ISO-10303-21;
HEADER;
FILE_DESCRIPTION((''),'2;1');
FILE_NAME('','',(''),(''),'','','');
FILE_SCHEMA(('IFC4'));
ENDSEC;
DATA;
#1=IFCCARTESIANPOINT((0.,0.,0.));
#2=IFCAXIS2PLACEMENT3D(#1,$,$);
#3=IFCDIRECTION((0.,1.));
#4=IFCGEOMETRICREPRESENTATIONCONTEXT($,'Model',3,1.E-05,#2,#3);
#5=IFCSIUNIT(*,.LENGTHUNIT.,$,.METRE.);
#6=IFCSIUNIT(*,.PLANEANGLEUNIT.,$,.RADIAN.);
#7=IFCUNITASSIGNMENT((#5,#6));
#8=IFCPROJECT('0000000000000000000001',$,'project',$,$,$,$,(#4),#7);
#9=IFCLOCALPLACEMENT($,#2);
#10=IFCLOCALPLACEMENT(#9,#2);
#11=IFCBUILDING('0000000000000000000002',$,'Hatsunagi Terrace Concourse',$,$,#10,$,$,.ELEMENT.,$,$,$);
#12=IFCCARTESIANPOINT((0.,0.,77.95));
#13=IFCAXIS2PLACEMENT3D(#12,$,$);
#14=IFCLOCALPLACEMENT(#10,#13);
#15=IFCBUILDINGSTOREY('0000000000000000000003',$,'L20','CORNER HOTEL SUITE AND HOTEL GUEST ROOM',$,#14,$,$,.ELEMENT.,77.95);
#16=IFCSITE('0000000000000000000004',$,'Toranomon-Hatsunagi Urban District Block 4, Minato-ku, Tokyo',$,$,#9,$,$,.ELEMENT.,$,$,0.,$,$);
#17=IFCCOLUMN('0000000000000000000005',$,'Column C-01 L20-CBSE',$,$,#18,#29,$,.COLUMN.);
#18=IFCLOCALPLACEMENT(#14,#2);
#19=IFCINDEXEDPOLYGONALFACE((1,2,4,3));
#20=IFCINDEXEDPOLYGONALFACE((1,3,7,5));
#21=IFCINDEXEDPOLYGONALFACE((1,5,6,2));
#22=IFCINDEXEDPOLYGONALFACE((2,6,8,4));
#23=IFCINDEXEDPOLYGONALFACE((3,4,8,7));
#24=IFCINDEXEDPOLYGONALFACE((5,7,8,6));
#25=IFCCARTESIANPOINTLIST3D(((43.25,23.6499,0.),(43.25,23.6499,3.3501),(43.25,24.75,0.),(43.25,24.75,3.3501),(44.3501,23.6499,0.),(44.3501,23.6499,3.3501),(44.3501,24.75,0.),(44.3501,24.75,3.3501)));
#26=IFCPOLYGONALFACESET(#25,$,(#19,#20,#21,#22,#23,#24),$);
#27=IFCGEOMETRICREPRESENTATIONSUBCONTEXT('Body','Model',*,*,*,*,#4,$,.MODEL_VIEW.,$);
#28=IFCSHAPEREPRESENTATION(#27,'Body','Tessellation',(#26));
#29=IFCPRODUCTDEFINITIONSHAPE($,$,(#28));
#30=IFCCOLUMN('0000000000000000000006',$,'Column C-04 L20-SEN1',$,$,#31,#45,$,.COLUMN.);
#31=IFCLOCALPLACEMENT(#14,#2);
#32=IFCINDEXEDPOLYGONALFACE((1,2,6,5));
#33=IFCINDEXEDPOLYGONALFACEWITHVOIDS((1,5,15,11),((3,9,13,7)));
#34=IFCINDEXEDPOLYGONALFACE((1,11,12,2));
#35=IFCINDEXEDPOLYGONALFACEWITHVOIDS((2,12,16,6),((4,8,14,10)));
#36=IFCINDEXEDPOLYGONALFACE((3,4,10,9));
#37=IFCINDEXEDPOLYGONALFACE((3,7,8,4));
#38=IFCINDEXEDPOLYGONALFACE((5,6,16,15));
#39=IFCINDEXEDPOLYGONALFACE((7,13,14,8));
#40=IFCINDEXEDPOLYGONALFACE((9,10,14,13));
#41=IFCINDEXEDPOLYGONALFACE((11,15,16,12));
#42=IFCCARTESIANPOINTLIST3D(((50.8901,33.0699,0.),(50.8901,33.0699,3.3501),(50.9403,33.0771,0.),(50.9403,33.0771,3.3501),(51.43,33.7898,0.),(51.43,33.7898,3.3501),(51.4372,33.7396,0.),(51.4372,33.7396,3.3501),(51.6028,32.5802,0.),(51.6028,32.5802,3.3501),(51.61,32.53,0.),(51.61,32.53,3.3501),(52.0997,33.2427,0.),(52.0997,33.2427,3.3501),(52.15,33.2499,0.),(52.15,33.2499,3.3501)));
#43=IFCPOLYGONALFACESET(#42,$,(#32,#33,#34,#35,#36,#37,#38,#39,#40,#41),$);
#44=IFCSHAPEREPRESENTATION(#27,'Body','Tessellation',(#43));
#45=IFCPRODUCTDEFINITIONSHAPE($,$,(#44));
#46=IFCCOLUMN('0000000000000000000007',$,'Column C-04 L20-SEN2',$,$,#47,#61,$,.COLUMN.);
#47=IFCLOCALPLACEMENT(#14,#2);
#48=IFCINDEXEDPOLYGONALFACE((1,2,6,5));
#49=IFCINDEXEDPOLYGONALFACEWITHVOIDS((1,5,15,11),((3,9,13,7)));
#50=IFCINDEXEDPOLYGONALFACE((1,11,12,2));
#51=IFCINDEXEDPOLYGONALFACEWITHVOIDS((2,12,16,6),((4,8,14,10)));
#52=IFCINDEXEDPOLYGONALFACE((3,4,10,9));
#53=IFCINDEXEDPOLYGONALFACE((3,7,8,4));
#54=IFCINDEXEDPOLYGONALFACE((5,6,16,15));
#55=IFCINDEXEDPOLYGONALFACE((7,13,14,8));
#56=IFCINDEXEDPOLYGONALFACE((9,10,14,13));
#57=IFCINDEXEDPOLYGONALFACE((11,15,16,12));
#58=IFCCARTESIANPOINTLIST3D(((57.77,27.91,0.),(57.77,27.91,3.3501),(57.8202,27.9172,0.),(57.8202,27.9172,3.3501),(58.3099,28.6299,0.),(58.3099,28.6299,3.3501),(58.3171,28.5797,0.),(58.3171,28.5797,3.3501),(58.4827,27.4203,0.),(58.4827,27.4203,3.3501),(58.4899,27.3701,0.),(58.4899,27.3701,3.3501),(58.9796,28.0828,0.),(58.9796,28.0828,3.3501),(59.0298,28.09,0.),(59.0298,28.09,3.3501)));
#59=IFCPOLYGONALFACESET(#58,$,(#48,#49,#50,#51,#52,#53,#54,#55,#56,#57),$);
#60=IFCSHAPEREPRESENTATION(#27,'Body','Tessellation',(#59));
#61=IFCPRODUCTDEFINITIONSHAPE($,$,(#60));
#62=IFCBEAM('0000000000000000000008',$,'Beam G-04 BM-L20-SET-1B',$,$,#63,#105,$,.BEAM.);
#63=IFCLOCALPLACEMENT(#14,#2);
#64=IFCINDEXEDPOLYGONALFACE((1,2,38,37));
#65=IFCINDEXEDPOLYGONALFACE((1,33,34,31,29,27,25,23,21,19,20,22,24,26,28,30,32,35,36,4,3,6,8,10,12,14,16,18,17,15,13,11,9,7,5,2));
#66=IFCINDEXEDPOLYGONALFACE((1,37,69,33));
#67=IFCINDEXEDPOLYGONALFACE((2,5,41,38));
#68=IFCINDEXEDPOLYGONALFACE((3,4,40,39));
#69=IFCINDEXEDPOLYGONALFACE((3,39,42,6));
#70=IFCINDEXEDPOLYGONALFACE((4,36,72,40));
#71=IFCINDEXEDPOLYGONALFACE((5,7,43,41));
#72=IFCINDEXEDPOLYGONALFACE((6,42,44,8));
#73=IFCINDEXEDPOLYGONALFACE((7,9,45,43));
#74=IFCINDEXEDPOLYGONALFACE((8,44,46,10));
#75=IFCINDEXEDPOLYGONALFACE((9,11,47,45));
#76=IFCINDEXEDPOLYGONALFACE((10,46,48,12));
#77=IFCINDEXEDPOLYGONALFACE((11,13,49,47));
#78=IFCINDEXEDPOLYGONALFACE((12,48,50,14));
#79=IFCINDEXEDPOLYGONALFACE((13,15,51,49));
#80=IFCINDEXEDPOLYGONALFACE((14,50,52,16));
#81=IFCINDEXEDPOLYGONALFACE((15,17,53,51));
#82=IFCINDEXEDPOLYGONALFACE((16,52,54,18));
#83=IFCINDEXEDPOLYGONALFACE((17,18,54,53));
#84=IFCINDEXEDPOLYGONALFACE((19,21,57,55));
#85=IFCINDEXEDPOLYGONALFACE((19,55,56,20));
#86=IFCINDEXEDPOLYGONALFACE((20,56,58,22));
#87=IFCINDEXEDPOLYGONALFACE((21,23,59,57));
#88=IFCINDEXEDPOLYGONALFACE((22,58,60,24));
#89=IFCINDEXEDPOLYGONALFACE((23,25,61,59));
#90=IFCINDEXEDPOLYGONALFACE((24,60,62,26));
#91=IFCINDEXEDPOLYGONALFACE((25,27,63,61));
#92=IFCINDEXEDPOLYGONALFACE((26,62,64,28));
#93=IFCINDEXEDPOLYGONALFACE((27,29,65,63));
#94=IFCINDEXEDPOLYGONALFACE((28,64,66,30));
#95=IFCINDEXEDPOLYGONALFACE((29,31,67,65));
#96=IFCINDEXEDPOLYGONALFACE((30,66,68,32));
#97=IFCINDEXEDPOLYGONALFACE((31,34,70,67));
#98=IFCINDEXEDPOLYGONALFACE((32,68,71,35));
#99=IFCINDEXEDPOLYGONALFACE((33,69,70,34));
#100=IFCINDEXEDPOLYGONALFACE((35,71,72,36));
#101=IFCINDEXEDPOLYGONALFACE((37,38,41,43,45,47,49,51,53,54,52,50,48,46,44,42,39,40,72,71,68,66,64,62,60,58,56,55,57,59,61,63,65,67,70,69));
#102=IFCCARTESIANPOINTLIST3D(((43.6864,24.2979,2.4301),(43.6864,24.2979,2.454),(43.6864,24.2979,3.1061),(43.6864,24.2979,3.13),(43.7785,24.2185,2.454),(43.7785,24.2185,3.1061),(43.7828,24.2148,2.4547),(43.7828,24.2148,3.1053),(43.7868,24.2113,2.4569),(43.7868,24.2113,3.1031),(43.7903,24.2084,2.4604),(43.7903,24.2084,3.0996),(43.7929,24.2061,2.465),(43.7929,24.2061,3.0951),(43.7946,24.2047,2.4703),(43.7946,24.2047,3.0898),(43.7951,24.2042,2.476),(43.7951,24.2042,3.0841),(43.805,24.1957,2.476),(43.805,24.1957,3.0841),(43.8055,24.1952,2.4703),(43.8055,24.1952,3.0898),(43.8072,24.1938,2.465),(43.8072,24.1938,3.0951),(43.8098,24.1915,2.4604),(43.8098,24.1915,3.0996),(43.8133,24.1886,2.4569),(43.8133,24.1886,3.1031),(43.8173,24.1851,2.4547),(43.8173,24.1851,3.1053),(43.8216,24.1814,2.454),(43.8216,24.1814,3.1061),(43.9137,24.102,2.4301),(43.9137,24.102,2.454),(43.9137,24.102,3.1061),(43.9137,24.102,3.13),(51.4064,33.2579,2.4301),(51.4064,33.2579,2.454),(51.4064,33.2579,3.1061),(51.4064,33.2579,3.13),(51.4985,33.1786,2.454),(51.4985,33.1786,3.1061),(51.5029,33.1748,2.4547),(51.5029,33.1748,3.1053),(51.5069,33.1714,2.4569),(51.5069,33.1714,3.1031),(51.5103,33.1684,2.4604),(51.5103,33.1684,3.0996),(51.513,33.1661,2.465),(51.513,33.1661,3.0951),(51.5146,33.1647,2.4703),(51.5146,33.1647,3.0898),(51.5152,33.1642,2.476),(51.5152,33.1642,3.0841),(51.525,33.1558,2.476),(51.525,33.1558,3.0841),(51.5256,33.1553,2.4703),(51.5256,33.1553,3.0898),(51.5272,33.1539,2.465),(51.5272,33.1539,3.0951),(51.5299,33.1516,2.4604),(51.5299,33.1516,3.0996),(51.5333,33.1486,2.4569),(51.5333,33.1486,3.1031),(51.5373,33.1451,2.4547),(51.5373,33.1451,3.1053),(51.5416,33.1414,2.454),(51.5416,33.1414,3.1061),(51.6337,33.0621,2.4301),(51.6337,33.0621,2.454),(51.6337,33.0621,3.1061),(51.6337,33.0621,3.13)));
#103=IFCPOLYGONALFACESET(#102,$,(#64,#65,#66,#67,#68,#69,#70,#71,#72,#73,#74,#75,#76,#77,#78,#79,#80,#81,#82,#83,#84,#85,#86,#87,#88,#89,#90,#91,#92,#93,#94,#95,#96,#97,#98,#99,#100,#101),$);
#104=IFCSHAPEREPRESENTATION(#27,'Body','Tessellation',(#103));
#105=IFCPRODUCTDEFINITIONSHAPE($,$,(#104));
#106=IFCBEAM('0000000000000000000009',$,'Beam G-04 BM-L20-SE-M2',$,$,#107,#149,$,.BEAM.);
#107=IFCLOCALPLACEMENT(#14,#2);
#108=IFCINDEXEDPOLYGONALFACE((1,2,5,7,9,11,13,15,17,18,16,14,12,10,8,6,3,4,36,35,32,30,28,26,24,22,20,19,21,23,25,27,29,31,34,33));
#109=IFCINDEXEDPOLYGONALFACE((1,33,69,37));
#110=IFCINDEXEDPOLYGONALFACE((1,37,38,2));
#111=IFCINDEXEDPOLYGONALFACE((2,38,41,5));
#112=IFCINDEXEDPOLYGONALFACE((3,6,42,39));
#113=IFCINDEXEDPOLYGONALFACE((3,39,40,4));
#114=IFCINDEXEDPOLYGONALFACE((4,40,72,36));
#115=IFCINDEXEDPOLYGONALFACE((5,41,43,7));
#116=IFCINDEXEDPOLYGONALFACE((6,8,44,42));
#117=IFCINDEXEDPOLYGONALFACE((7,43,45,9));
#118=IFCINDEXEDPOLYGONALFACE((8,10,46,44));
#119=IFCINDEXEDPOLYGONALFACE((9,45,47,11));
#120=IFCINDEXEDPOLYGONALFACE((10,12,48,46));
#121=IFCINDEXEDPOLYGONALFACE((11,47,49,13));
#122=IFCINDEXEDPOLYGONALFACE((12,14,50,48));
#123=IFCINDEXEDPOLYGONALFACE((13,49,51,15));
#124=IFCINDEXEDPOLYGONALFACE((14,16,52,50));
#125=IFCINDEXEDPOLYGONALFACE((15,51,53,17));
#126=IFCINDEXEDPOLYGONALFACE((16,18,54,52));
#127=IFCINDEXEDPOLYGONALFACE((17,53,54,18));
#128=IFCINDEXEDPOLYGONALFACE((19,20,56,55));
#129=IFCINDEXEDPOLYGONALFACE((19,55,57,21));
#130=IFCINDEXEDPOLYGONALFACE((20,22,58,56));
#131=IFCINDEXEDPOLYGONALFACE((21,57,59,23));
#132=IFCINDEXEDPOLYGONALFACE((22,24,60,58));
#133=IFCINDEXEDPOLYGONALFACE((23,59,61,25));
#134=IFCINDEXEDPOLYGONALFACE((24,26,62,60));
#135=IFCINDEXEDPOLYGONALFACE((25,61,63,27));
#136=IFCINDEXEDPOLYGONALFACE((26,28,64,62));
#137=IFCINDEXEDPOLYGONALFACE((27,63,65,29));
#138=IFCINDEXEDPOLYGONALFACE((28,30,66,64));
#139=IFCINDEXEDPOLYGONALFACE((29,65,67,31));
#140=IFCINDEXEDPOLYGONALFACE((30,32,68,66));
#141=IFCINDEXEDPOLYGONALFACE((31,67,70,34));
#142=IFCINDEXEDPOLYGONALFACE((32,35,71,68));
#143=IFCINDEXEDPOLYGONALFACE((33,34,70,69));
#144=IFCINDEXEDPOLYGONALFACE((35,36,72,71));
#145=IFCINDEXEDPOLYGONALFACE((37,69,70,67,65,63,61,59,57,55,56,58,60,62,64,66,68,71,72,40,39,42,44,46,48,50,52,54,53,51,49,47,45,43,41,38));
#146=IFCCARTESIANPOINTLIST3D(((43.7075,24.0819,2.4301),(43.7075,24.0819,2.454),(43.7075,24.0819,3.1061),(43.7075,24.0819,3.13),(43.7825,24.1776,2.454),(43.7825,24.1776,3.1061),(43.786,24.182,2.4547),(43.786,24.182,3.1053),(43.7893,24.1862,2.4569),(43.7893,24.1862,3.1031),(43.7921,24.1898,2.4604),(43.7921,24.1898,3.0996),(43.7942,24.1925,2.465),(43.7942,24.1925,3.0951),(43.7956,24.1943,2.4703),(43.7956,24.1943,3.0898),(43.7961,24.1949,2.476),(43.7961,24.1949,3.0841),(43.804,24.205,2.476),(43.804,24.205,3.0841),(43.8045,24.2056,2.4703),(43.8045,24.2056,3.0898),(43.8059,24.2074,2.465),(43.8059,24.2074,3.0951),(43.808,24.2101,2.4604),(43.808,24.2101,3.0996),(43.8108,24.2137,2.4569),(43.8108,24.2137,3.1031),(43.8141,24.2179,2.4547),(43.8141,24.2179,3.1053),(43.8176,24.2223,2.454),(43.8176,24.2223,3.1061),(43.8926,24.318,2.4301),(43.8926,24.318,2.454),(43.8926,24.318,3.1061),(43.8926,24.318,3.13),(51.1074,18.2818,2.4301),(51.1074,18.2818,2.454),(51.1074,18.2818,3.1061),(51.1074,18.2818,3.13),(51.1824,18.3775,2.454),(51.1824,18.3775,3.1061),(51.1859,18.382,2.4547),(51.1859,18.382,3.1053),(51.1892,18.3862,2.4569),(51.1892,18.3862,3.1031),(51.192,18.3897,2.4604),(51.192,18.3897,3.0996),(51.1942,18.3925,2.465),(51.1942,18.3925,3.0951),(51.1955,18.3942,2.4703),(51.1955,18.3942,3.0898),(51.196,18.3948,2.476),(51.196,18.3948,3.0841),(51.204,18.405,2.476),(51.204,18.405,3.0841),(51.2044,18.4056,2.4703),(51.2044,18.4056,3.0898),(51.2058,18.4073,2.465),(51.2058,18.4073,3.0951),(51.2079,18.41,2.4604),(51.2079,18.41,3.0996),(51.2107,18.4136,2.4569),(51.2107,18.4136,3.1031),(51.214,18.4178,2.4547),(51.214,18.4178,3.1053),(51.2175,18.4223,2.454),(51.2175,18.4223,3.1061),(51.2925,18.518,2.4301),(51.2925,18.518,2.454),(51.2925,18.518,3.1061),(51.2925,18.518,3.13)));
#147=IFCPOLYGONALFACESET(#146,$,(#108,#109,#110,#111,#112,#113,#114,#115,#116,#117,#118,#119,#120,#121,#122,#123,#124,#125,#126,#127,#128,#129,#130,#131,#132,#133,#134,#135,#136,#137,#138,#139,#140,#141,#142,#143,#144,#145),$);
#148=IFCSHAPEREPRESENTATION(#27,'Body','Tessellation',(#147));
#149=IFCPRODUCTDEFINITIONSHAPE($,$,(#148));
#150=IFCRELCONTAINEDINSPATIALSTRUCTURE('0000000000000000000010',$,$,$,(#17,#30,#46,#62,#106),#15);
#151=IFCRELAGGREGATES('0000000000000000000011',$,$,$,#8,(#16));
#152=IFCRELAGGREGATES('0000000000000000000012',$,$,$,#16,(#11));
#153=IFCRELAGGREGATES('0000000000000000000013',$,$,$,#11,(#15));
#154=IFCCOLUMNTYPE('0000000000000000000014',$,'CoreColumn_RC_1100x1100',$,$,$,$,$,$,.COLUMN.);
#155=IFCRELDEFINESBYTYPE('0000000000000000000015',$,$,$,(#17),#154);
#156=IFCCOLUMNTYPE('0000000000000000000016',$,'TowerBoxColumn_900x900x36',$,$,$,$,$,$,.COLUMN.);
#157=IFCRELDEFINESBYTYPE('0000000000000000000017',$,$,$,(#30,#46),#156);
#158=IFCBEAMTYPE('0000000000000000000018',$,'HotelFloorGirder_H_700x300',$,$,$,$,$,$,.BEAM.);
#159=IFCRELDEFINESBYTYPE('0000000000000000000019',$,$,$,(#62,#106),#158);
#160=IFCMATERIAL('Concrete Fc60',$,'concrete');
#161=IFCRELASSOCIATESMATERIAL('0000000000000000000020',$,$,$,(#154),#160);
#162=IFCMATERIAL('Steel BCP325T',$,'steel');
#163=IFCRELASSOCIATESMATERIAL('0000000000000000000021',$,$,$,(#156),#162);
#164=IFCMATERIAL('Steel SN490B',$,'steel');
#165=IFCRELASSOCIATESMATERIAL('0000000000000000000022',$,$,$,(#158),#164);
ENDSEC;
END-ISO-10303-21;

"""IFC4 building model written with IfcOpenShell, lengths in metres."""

from ifc_helpers import new_model, si_unit, direction, frame, origin, origin_2d, place, context, subcontext, project, spatial, rectangle, hollow_rectangle, i_section, extrude, material, material_profile, profile_set, type_object, element, save


model = new_model("IFC4")

# Units and contexts
model_context = context("Model", 3, precision=1e-05, world=origin(), true_north=direction((0.0, 1.0)))
body_context = subcontext(model_context, "Body", "Model", "MODEL_VIEW")
ifc_project = project(units=[si_unit("LENGTHUNIT", "METRE"), si_unit("PLANEANGLEUNIT", "RADIAN")], contexts=[model_context])

# Site, building, storey
site_placement = place(None, origin())
site = spatial("IfcSite", under=ifc_project, at=site_placement, Name="Toranomon-Hatsunagi Urban District Block 4, Minato-ku, Tokyo", CompositionType="ELEMENT", RefElevation=0.0)
building_placement = place(site_placement, origin())
building = spatial("IfcBuilding", under=site, at=building_placement, Name="Hatsunagi Terrace Concourse", CompositionType="ELEMENT")
storey_placement = place(building_placement, frame((0.0, 0.0, 77.95)))
storey = spatial("IfcBuildingStorey", under=building, at=storey_placement, Name="L20", Description="CORNER HOTEL SUITE AND HOTEL GUEST ROOM", CompositionType="ELEMENT", Elevation=77.95)

# Columns
ifc_material_1 = material(Name="Concrete Fc60", Category="concrete")
ifc_material_profile_1 = material_profile(ifc_material_1, rectangle(XDim=1.1001, YDim=1.1001, at=origin_2d()), Name="RC-1100x1100")
ifc_profile_set_1 = profile_set([ifc_material_profile_1], Name="Concrete Fc60")
column_type_1 = type_object("IfcColumnType", Name="CoreColumn_RC_1100x1100", PredefinedType="COLUMN", material=ifc_profile_set_1)
column_placement = place(storey_placement, frame((43.8, 24.2, 0.0), z_axis=(0.0, 0.0, 1.0), x_axis=(1.0, 0.0, 0.0)))
element("IfcColumn", 1, at=column_placement, inside=storey, type_object=column_type_1, Name="Column C-01 L20-CBSE", PredefinedType="COLUMN", context=body_context, shape_type="SweptSolid", body=[
    extrude(rectangle(XDim=1.1001, YDim=1.1001, at=origin_2d()), origin(), (0.0, 0.0, 1.0), 3.3501),
])
ifc_material_2 = material(Name="Steel BCP325T", Category="steel")
ifc_material_profile_2 = material_profile(ifc_material_2, hollow_rectangle(XDim=0.8999, YDim=0.8999, WallThickness=0.0359, at=origin_2d()), Name="BCP-900x900x36")
ifc_profile_set_2 = profile_set([ifc_material_profile_2], Name="Steel BCP325T")
column_type_2 = type_object("IfcColumnType", Name="TowerBoxColumn_900x900x36", PredefinedType="COLUMN", material=ifc_profile_set_2)
for number, where, z_axis, x_axis, name in (
    (2, (51.52, 33.1599, 0.0), (0.0, 0.0, 1.0), (0.8, -0.6, 0.0), "Column C-04 L20-SEN1"),
    (3, (58.3999, 28.0, 0.0), (0.0, 0.0, 1.0), (0.8, -0.6, 0.0), "Column C-04 L20-SEN2"),
):
    element("IfcColumn", number, at=place(storey_placement, frame(where, z_axis=z_axis, x_axis=x_axis)), inside=storey, type_object=column_type_2, Name=name, PredefinedType="COLUMN", context=body_context, shape_type="SweptSolid", body=[
        extrude(hollow_rectangle(XDim=0.8999, YDim=0.8999, WallThickness=0.0359, at=origin_2d()), origin(), (0.0, 0.0, 1.0), 3.3501),
    ])

# Beams
ifc_material_3 = material(Name="Steel SN490B", Category="steel")
ifc_material_profile_3 = material_profile(ifc_material_3, i_section(OverallWidth=0.3, OverallDepth=0.7, WebThickness=0.0129, FlangeThickness=0.0239, FilletRadius=0.022, at=origin_2d()), Name="H-700x300x13x24")
ifc_profile_set_3 = profile_set([ifc_material_profile_3], Name="Steel SN490B")
beam_type_1 = type_object("IfcBeamType", Name="HotelFloorGirder_H_700x300", PredefinedType="BEAM", material=ifc_profile_set_3)
beam_1_placement = place(storey_placement, frame((43.8, 24.2, 2.78), z_axis=(0.652739, 0.757583, 0.0), x_axis=(-0.757583, 0.652739, 0.0)))
element("IfcBeam", 4, at=beam_1_placement, inside=storey, type_object=beam_type_1, Name="Beam G-04 BM-L20-SET-1B", PredefinedType="BEAM", context=body_context, shape_type="SweptSolid", body=[
    extrude(i_section(OverallWidth=0.3, OverallDepth=0.7, WebThickness=0.0129, FlangeThickness=0.0239, FilletRadius=0.022, at=origin_2d()), origin(), (0.0, 0.0, 1.0), 11.8271),
])
beam_2_placement = place(storey_placement, frame((43.8, 24.2, 2.78), z_axis=(0.787049, -0.61689, 0.0), x_axis=(0.61689, 0.787049, 0.0)))
element("IfcBeam", 5, at=beam_2_placement, inside=storey, type_object=beam_type_1, Name="Beam G-04 BM-L20-SE-M2", PredefinedType="BEAM", context=body_context, shape_type="SweptSolid", body=[
    extrude(i_section(OverallWidth=0.3, OverallDepth=0.7, WebThickness=0.0129, FlangeThickness=0.0239, FilletRadius=0.022, at=origin_2d()), origin(), (0.0, 0.0, 1.0), 9.4021),
])

save(model, "model.ifc")
